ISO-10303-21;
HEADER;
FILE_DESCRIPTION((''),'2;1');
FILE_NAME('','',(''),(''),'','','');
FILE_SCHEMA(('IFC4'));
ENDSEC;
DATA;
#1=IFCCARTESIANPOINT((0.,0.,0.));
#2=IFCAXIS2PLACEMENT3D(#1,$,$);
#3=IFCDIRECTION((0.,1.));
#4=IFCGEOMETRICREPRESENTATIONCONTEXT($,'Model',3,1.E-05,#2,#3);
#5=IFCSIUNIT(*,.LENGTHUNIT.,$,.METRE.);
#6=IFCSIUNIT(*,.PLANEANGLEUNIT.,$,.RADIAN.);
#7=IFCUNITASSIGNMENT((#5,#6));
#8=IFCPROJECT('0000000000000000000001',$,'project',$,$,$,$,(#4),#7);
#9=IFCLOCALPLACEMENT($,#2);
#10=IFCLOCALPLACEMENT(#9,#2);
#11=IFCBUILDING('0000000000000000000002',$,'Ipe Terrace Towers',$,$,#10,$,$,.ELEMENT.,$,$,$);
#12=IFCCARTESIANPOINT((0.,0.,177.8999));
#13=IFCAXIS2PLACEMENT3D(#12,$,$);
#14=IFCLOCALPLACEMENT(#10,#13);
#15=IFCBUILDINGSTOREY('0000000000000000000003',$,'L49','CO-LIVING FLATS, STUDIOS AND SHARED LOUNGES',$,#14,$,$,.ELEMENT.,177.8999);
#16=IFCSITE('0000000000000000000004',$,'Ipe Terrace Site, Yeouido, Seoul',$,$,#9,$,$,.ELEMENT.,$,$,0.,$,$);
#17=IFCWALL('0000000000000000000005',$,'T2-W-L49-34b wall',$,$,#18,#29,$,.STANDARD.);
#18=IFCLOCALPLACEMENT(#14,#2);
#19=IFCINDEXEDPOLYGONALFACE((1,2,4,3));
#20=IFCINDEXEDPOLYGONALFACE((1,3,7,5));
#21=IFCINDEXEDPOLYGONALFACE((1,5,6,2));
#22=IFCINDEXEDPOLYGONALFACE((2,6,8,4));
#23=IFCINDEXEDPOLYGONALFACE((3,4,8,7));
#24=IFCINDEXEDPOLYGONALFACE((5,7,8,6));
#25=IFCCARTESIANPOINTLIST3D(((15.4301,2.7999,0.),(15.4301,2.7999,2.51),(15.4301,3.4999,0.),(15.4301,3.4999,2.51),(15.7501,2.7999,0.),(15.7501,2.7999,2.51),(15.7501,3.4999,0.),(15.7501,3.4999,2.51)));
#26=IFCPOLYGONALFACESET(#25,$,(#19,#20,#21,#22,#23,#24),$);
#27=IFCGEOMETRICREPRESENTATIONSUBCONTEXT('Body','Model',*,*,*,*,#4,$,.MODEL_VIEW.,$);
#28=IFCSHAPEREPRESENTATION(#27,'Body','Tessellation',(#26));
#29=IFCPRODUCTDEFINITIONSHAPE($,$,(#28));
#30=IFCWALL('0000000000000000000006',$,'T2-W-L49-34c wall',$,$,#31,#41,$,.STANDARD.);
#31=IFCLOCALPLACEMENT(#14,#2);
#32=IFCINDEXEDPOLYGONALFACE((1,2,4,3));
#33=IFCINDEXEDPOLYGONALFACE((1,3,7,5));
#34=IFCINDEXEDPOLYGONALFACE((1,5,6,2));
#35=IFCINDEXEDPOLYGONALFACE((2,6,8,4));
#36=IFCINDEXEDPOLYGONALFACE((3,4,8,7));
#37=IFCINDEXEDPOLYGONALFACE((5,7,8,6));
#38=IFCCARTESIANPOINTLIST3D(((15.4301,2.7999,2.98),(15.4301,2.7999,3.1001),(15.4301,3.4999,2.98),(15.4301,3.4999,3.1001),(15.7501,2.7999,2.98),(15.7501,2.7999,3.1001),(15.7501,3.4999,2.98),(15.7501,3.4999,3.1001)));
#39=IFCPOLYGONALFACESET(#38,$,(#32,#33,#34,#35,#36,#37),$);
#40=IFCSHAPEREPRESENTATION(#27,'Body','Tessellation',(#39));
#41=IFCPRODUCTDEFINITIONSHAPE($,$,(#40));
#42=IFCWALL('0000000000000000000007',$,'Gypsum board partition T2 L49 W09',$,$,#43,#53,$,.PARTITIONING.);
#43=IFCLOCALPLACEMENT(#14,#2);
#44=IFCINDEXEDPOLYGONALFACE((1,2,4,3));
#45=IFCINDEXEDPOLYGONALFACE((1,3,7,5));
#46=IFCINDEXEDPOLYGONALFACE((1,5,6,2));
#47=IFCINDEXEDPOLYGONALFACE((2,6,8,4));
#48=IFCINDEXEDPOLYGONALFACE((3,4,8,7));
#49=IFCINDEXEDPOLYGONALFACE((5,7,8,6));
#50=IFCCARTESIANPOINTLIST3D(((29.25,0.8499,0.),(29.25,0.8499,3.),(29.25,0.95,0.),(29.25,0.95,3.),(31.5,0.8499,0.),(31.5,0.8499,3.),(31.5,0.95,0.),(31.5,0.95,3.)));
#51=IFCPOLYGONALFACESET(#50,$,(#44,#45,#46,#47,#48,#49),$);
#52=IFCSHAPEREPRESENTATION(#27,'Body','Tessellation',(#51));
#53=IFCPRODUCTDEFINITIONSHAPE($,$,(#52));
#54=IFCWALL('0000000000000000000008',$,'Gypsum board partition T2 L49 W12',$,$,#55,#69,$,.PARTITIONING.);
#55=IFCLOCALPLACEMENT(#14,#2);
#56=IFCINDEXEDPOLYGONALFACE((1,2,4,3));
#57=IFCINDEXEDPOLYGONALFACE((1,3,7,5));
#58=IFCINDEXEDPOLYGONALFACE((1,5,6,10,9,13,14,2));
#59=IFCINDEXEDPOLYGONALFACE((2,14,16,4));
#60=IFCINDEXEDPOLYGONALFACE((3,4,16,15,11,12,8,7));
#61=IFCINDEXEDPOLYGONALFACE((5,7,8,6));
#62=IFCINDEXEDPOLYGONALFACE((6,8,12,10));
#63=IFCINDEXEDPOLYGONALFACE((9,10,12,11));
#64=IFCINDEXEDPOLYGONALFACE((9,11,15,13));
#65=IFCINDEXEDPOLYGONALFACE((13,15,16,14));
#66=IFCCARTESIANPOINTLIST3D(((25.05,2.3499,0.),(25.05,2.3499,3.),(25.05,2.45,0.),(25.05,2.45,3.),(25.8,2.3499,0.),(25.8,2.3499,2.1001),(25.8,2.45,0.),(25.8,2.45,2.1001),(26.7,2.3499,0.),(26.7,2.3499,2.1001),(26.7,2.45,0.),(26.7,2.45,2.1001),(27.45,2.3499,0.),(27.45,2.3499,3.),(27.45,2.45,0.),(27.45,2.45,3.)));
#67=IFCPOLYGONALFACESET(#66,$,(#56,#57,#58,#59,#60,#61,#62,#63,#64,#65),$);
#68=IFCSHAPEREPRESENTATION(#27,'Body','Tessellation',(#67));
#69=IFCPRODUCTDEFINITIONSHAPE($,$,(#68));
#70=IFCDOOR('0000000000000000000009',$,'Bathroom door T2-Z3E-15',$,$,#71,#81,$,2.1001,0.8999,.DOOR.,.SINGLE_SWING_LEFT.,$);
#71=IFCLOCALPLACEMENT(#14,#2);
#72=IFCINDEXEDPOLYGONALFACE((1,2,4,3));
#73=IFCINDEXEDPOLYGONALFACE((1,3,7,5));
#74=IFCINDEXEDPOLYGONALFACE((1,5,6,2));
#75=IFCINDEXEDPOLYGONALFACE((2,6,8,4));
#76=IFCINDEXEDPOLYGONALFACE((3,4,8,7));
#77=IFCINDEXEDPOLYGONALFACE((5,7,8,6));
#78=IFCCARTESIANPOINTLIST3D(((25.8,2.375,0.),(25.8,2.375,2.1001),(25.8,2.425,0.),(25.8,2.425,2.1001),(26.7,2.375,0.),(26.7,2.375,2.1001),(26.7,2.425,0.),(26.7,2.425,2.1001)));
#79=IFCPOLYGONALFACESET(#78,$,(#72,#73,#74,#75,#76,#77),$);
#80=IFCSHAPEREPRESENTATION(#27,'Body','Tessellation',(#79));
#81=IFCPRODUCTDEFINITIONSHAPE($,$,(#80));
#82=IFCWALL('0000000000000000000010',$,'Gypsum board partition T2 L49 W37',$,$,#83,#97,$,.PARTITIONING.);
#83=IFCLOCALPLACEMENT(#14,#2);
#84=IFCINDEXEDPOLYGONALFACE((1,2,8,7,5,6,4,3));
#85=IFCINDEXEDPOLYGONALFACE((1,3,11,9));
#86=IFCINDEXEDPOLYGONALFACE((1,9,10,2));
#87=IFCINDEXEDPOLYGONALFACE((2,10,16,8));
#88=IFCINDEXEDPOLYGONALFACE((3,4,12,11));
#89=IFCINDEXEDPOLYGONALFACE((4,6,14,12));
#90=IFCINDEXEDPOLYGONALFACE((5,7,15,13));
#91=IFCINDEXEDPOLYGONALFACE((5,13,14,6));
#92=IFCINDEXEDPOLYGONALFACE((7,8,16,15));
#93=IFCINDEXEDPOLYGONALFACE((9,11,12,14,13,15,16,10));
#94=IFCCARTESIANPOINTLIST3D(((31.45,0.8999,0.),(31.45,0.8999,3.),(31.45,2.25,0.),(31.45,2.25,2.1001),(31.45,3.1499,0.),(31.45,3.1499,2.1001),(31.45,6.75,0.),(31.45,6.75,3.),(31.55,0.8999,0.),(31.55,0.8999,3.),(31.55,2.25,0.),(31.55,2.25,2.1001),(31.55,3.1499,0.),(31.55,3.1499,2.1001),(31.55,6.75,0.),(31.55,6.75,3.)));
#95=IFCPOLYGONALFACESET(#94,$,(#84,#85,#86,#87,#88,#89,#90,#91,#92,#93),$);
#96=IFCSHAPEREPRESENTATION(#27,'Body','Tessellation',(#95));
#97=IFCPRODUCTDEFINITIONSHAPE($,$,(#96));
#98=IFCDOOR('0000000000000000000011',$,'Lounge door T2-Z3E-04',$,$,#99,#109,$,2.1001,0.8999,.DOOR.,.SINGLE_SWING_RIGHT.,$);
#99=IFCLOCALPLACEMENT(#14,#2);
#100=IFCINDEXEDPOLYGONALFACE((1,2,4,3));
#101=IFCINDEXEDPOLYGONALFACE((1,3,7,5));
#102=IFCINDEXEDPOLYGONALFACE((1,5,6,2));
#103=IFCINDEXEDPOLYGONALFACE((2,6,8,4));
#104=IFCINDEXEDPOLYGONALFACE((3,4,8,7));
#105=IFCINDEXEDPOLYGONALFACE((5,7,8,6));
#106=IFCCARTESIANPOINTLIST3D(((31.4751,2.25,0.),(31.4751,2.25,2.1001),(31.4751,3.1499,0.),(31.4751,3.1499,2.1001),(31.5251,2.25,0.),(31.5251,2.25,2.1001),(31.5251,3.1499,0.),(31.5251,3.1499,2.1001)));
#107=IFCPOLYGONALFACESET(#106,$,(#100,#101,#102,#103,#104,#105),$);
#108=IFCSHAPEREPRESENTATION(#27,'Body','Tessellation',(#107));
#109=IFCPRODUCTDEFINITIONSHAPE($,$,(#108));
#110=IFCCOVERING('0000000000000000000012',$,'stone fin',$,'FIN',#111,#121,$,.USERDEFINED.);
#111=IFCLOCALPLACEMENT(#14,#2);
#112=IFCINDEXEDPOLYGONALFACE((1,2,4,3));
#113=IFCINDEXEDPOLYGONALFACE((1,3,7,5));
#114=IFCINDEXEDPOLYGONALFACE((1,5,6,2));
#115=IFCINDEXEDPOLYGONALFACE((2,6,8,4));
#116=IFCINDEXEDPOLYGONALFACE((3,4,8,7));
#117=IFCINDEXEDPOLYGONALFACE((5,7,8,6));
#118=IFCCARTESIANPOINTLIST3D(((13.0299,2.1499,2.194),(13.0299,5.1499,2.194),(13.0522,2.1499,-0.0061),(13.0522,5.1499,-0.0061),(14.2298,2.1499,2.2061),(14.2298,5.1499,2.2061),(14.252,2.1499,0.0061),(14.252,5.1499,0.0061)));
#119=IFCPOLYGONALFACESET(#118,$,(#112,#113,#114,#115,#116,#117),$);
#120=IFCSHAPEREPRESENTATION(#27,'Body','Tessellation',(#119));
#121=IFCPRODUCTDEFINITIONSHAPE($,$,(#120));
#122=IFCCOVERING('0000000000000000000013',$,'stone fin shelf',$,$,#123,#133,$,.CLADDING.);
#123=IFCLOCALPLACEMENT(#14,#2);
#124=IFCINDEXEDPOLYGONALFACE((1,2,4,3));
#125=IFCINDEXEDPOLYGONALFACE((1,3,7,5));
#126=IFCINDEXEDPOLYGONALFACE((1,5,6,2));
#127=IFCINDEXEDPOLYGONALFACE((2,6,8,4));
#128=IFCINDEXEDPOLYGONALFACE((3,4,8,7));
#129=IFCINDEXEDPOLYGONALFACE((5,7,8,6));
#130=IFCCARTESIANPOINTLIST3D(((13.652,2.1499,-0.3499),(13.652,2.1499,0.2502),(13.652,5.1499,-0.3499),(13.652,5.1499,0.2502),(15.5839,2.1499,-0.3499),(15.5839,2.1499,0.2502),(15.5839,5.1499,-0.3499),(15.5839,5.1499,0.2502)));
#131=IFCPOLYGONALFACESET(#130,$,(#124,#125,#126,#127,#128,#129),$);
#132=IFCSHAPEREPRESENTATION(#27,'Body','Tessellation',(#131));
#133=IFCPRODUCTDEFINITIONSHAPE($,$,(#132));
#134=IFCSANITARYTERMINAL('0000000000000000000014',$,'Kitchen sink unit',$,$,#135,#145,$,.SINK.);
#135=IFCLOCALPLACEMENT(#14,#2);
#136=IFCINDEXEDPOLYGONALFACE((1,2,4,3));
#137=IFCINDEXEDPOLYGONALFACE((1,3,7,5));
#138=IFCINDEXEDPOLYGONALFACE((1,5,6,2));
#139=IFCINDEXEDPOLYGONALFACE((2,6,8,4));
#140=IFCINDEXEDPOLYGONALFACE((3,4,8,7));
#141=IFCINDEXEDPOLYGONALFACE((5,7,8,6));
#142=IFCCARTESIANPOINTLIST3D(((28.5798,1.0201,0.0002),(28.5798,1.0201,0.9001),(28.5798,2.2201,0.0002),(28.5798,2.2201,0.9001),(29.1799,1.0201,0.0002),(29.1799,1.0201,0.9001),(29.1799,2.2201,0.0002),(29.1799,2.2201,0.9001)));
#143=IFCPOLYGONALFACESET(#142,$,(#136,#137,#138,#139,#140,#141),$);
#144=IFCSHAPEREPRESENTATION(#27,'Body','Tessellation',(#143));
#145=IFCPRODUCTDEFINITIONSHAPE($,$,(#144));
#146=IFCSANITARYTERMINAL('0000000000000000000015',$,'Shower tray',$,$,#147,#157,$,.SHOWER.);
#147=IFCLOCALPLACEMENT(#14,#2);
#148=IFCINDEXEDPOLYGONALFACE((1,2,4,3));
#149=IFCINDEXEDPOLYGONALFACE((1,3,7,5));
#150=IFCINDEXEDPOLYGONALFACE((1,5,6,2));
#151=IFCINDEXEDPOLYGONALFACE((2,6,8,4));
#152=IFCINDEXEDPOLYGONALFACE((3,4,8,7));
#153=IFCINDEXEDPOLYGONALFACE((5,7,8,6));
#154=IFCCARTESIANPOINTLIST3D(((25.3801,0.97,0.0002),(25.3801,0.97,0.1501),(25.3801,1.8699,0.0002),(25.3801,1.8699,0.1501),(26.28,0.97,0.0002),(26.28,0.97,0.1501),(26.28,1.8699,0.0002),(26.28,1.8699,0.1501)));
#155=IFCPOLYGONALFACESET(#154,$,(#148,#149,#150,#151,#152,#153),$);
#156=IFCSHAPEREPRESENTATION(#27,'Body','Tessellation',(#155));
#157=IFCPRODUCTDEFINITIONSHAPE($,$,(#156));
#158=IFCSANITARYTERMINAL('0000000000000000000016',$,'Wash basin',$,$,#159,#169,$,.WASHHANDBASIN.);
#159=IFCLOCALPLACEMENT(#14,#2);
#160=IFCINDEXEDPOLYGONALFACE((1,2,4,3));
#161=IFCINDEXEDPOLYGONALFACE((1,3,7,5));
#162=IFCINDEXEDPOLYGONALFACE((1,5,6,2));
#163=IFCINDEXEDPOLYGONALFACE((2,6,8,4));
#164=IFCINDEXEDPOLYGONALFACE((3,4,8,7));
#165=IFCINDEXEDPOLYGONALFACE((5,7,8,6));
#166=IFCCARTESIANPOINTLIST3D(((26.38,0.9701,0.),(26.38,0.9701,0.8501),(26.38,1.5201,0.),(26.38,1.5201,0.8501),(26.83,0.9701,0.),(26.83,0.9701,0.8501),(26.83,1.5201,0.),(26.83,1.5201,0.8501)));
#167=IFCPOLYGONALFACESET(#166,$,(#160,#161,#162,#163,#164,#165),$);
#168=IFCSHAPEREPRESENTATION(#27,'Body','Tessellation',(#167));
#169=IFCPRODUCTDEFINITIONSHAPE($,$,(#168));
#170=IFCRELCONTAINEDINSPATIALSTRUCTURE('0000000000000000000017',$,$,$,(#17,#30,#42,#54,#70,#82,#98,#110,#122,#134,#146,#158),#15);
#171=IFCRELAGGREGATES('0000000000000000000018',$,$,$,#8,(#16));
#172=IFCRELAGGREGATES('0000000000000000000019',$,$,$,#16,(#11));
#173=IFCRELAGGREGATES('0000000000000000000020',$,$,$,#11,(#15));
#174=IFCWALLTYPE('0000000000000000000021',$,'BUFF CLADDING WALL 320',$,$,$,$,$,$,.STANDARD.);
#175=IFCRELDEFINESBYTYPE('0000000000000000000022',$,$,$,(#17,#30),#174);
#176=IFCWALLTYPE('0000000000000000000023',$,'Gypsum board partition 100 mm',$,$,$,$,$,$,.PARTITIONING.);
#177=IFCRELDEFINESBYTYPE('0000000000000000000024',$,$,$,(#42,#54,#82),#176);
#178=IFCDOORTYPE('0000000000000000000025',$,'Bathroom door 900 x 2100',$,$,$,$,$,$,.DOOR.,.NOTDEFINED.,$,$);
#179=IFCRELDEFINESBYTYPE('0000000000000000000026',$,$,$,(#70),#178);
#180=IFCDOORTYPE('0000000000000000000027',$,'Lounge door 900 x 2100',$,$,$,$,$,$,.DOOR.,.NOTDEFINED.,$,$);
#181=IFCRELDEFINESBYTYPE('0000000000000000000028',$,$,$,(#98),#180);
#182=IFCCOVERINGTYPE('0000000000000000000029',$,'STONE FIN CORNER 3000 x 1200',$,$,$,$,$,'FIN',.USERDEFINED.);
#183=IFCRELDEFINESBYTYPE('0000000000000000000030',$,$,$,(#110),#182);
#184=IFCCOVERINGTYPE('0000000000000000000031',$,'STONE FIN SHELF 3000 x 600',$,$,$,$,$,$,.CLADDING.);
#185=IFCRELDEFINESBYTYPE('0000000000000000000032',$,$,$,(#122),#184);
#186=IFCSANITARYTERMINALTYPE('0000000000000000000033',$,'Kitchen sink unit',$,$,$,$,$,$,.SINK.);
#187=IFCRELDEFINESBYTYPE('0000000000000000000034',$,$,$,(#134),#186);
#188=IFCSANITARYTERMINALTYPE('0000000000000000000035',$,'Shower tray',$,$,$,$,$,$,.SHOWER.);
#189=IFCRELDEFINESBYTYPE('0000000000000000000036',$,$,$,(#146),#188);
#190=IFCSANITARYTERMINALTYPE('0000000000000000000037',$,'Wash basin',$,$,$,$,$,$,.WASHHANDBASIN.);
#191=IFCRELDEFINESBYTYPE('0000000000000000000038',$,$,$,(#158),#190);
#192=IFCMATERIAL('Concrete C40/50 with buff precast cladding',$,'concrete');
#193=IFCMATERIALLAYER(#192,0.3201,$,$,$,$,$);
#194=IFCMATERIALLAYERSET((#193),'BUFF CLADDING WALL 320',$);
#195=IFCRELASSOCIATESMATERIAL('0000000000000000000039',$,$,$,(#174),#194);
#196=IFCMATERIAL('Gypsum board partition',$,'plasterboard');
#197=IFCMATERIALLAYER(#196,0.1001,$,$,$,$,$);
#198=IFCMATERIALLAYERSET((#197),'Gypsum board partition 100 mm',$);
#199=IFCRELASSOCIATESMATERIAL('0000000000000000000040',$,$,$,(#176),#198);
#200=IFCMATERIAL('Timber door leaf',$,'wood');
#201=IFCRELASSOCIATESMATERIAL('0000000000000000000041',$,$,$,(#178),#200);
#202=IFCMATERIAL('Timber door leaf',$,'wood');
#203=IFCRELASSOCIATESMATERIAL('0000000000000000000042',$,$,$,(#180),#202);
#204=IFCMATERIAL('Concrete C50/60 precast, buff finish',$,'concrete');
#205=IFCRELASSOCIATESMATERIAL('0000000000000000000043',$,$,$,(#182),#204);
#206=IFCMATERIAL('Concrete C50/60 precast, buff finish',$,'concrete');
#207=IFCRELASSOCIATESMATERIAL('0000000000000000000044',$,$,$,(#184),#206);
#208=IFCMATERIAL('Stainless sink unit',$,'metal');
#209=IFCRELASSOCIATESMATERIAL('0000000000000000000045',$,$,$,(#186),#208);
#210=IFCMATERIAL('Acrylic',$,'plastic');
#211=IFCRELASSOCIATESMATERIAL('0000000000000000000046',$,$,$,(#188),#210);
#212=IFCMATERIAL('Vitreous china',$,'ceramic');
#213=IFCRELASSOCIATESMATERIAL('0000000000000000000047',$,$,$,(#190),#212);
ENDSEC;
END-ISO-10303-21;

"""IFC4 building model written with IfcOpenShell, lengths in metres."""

from ifc_helpers import new_model, si_unit, direction, frame, frame_2d, origin, origin_2d, place, context, subcontext, project, spatial, rectangle, extrude, material, layer, layer_set, material_profile, profile_set, type_object, element, fill, save


model = new_model("IFC4")

# Units and contexts
model_context = context("Model", 3, precision=1e-05, world=origin(), true_north=direction((0.0, 1.0)))
body_context = subcontext(model_context, "Body", "Model", "MODEL_VIEW")
ifc_project = project(units=[si_unit("LENGTHUNIT", "METRE"), si_unit("PLANEANGLEUNIT", "RADIAN")], contexts=[model_context])

# Site, building, storey
site_placement = place(None, origin())
site = spatial("IfcSite", under=ifc_project, at=site_placement, Name="Ipe Terrace Site, Yeouido, Seoul", CompositionType="ELEMENT", RefElevation=0.0)
building_placement = place(site_placement, origin())
building = spatial("IfcBuilding", under=site, at=building_placement, Name="Ipe Terrace Towers", CompositionType="ELEMENT")
storey_placement = place(building_placement, frame((0.0, 0.0, 177.8999)))
storey = spatial("IfcBuildingStorey", under=building, at=storey_placement, Name="L49", Description="CO-LIVING FLATS, STUDIOS AND SHARED LOUNGES", CompositionType="ELEMENT", Elevation=177.8999)

# Walls
ifc_material_1 = material(Name="Concrete C40/50 with buff precast cladding", Category="concrete")
ifc_layer_1 = layer(ifc_material_1, 0.3201)
ifc_layer_set_1 = layer_set([ifc_layer_1], Name="BUFF CLADDING WALL 320")
wall_type_1 = type_object("IfcWallType", Name="BUFF CLADDING WALL 320", PredefinedType="STANDARD", material=ifc_layer_set_1)
wall_1_placement = place(storey_placement, frame((15.5901, 3.5, 0.0), z_axis=(0.0, 0.0, 1.0), x_axis=(0.0, -1.0, 0.0)))
element("IfcWall", 1, at=wall_1_placement, inside=storey, type_object=wall_type_1, Name="T2-W-L49-34b wall", PredefinedType="STANDARD", context=body_context, shape_type="SweptSolid", body=[
    extrude(rectangle(XDim=0.7, YDim=0.3201, at=frame_2d((0.3501, 0.0))), origin(), (0.0, 0.0, 1.0), 2.51),
])
wall_2_placement = place(storey_placement, frame((15.5901, 3.5, 2.98), z_axis=(0.0, 0.0, 1.0), x_axis=(0.0, -1.0, 0.0)))
element("IfcWall", 2, at=wall_2_placement, inside=storey, type_object=wall_type_1, Name="T2-W-L49-34c wall", PredefinedType="STANDARD", context=body_context, shape_type="SweptSolid", body=[
    extrude(rectangle(XDim=0.7, YDim=0.3201, at=frame_2d((0.3501, 0.0))), origin(), (0.0, 0.0, 1.0), 0.1201),
])
ifc_material_2 = material(Name="Gypsum board partition", Category="plasterboard")
ifc_layer_2 = layer(ifc_material_2, 0.1001)
ifc_layer_set_2 = layer_set([ifc_layer_2], Name="Gypsum board partition 100 mm")
wall_type_2 = type_object("IfcWallType", Name="Gypsum board partition 100 mm", PredefinedType="PARTITIONING", material=ifc_layer_set_2)
wall_3_placement = place(storey_placement, frame((31.5, 0.8999, 0.0), z_axis=(0.0, 0.0, 1.0), x_axis=(-1.0, 0.0, 0.0)))
element("IfcWall", 3, at=wall_3_placement, inside=storey, type_object=wall_type_2, Name="Gypsum board partition T2 L49 W09", PredefinedType="PARTITIONING", context=body_context, shape_type="SweptSolid", body=[
    extrude(rectangle(XDim=2.25, YDim=0.1001, at=frame_2d((1.125, 0.0))), origin(), (0.0, 0.0, 1.0), 3.0),
])

# Walls, openings, doors
wall_4_placement = place(storey_placement, frame((27.45, 2.3999, 0.0), z_axis=(0.0, 0.0, 1.0), x_axis=(-1.0, 0.0, 0.0)))
wall_4 = element("IfcWall", 4, at=wall_4_placement, inside=storey, type_object=wall_type_2, Name="Gypsum board partition T2 L49 W12", PredefinedType="PARTITIONING", context=body_context, shape_type="SweptSolid", body=[
    extrude(rectangle(XDim=2.3999, YDim=0.1001, at=frame_2d((1.2, 0.0))), origin(), (0.0, 0.0, 1.0), 3.0),
])
opening_1_placement = place(wall_4_placement, frame((0.75, 0.0, 0.0)))
opening_1 = element("IfcOpeningElement", 5, at=opening_1_placement, cuts=wall_4, PredefinedType="OPENING", context=body_context, shape_type="SweptSolid", body=[
    extrude(rectangle(XDim=0.8999, YDim=2.1001, at=frame_2d((0.45, 1.05))), frame((0.0, 0.0601, 0.0), z_axis=(0.0, -1.0, 0.0), x_axis=(1.0, 0.0, 0.0)), (0.0, 0.0, 1.0), 0.1201),
])
ifc_material_3 = material(Name="Timber door leaf", Category="wood")
door_type_1 = type_object("IfcDoorType", Name="Bathroom door 900 x 2100", OperationType="NOTDEFINED", PredefinedType="DOOR", material=ifc_material_3)
door_1_placement = place(opening_1_placement, origin())
door_1 = element("IfcDoor", 6, at=door_1_placement, inside=storey, type_object=door_type_1, Name="Bathroom door T2-Z3E-15", OperationType="SINGLE_SWING_LEFT", OverallHeight=2.1001, OverallWidth=0.8999, PredefinedType="DOOR", context=body_context, shape_type="SweptSolid", body=[
    extrude(rectangle(XDim=0.8999, YDim=2.1001, at=frame_2d((0.45, 1.05))), frame((0.0, 0.0249, 0.0), z_axis=(0.0, -1.0, 0.0), x_axis=(1.0, 0.0, 0.0)), (0.0, 0.0, 1.0), 0.05),
])
fill(opening_1, door_1)
wall_5_placement = place(storey_placement, frame((31.5, 0.8999, 0.0), z_axis=(0.0, 0.0, 1.0), x_axis=(0.0, 1.0, 0.0)))
wall_5 = element("IfcWall", 7, at=wall_5_placement, inside=storey, type_object=wall_type_2, Name="Gypsum board partition T2 L49 W37", PredefinedType="PARTITIONING", context=body_context, shape_type="SweptSolid", body=[
    extrude(rectangle(XDim=5.8501, YDim=0.1001, at=frame_2d((2.925, 0.0))), origin(), (0.0, 0.0, 1.0), 3.0),
])
opening_2_placement = place(wall_5_placement, frame((1.3501, 0.0, 0.0)))
opening_2 = element("IfcOpeningElement", 8, at=opening_2_placement, cuts=wall_5, PredefinedType="OPENING", context=body_context, shape_type="SweptSolid", body=[
    extrude(rectangle(XDim=0.8999, YDim=2.1001, at=frame_2d((0.45, 1.05))), frame((0.0, 0.0601, 0.0), z_axis=(0.0, -1.0, 0.0), x_axis=(1.0, 0.0, 0.0)), (0.0, 0.0, 1.0), 0.1201),
])
ifc_material_4 = material(Name="Timber door leaf", Category="wood")
door_type_2 = type_object("IfcDoorType", Name="Lounge door 900 x 2100", OperationType="NOTDEFINED", PredefinedType="DOOR", material=ifc_material_4)
door_2_placement = place(opening_2_placement, origin())
door_2 = element("IfcDoor", 9, at=door_2_placement, inside=storey, type_object=door_type_2, Name="Lounge door T2-Z3E-04", OperationType="SINGLE_SWING_RIGHT", OverallHeight=2.1001, OverallWidth=0.8999, PredefinedType="DOOR", context=body_context, shape_type="SweptSolid", body=[
    extrude(rectangle(XDim=0.8999, YDim=2.1001, at=frame_2d((0.45, 1.05))), frame((0.0, 0.0249, 0.0), z_axis=(0.0, -1.0, 0.0), x_axis=(1.0, 0.0, 0.0)), (0.0, 0.0, 1.0), 0.05),
])
fill(opening_2, door_2)

# Coverings
ifc_material_5 = material(Name="Concrete C50/60 precast, buff finish", Category="concrete")
ifc_material_profile_1 = material_profile(ifc_material_5, rectangle(XDim=3.0, YDim=1.2, at=origin_2d()), Name="STONE FIN CORNER 3000 x 1200")
ifc_profile_set_1 = profile_set([ifc_material_profile_1], Name="Concrete C50/60 precast, buff finish")
covering_type_1 = type_object("IfcCoveringType", Name="STONE FIN CORNER 3000 x 1200", ElementType="FIN", PredefinedType="USERDEFINED", material=ifc_profile_set_1)
covering_1_placement = place(storey_placement, frame((13.6521, 3.6499, 0.0), z_axis=(-0.010097, 0.0, 0.999949), x_axis=(0.0, -1.0, 0.0)))
element("IfcCovering", 10, at=covering_1_placement, inside=storey, type_object=covering_type_1, Name="stone fin", ObjectType="FIN", PredefinedType="USERDEFINED", context=body_context, shape_type="SweptSolid", body=[
    extrude(rectangle(XDim=3.0, YDim=1.2, at=origin_2d()), origin(), (0.0, 0.0, 1.0), 2.2002),
])
ifc_material_6 = material(Name="Concrete C50/60 precast, buff finish", Category="concrete")
covering_type_2 = type_object("IfcCoveringType", Name="STONE FIN SHELF 3000 x 600", PredefinedType="CLADDING", material=ifc_material_6)
covering_2_placement = place(storey_placement, frame((14.6179, 3.6499, -0.3499), z_axis=(0.0, 0.0, 1.0), x_axis=(0.0, -1.0, 0.0)))
element("IfcCovering", 11, at=covering_2_placement, inside=storey, type_object=covering_type_2, Name="stone fin shelf", PredefinedType="CLADDING", context=body_context, shape_type="SweptSolid", body=[
    extrude(rectangle(XDim=3.0, YDim=1.9319, at=origin_2d()), origin(), (0.0, 0.0, 1.0), 0.6001),
])

# Sanitary terminals
ifc_material_7 = material(Name="Stainless sink unit", Category="metal")
sanitary_terminal_type_1 = type_object("IfcSanitaryTerminalType", Name="Kitchen sink unit", PredefinedType="SINK", material=ifc_material_7)
sanitary_terminal_1_placement = place(storey_placement, frame((28.8799, 1.6201, 0.0002), z_axis=(0.0, 0.0, 1.0), x_axis=(0.0, -1.0, 0.0)))
element("IfcSanitaryTerminal", 12, at=sanitary_terminal_1_placement, inside=storey, type_object=sanitary_terminal_type_1, Name="Kitchen sink unit", PredefinedType="SINK", context=body_context, shape_type="SweptSolid", body=[
    extrude(rectangle(XDim=1.2, YDim=0.6001, at=origin_2d()), origin(), (0.0, 0.0, 1.0), 0.8999),
])
ifc_material_8 = material(Name="Acrylic", Category="plastic")
sanitary_terminal_type_2 = type_object("IfcSanitaryTerminalType", Name="Shower tray", PredefinedType="SHOWER", material=ifc_material_8)
sanitary_terminal_2_placement = place(storey_placement, frame((25.8301, 1.4199, 0.0002), z_axis=(0.0, 0.0, 1.0), x_axis=(0.0, 1.0, 0.0)))
element("IfcSanitaryTerminal", 13, at=sanitary_terminal_2_placement, inside=storey, type_object=sanitary_terminal_type_2, Name="Shower tray", PredefinedType="SHOWER", context=body_context, shape_type="SweptSolid", body=[
    extrude(rectangle(XDim=0.8999, YDim=0.8999, at=origin_2d()), origin(), (0.0, 0.0, 1.0), 0.1499),
])
ifc_material_9 = material(Name="Vitreous china", Category="ceramic")
sanitary_terminal_type_3 = type_object("IfcSanitaryTerminalType", Name="Wash basin", PredefinedType="WASHHANDBASIN", material=ifc_material_9)
sanitary_terminal_3_placement = place(storey_placement, frame((26.605, 1.2451, 0.0), z_axis=(0.0, 0.0, 1.0), x_axis=(0.0, 1.0, 0.0)))
element("IfcSanitaryTerminal", 14, at=sanitary_terminal_3_placement, inside=storey, type_object=sanitary_terminal_type_3, Name="Wash basin", PredefinedType="WASHHANDBASIN", context=body_context, shape_type="SweptSolid", body=[
    extrude(rectangle(XDim=0.55, YDim=0.45, at=origin_2d()), origin(), (0.0, 0.0, 1.0), 0.8501),
])

save(model, "model.ifc")
